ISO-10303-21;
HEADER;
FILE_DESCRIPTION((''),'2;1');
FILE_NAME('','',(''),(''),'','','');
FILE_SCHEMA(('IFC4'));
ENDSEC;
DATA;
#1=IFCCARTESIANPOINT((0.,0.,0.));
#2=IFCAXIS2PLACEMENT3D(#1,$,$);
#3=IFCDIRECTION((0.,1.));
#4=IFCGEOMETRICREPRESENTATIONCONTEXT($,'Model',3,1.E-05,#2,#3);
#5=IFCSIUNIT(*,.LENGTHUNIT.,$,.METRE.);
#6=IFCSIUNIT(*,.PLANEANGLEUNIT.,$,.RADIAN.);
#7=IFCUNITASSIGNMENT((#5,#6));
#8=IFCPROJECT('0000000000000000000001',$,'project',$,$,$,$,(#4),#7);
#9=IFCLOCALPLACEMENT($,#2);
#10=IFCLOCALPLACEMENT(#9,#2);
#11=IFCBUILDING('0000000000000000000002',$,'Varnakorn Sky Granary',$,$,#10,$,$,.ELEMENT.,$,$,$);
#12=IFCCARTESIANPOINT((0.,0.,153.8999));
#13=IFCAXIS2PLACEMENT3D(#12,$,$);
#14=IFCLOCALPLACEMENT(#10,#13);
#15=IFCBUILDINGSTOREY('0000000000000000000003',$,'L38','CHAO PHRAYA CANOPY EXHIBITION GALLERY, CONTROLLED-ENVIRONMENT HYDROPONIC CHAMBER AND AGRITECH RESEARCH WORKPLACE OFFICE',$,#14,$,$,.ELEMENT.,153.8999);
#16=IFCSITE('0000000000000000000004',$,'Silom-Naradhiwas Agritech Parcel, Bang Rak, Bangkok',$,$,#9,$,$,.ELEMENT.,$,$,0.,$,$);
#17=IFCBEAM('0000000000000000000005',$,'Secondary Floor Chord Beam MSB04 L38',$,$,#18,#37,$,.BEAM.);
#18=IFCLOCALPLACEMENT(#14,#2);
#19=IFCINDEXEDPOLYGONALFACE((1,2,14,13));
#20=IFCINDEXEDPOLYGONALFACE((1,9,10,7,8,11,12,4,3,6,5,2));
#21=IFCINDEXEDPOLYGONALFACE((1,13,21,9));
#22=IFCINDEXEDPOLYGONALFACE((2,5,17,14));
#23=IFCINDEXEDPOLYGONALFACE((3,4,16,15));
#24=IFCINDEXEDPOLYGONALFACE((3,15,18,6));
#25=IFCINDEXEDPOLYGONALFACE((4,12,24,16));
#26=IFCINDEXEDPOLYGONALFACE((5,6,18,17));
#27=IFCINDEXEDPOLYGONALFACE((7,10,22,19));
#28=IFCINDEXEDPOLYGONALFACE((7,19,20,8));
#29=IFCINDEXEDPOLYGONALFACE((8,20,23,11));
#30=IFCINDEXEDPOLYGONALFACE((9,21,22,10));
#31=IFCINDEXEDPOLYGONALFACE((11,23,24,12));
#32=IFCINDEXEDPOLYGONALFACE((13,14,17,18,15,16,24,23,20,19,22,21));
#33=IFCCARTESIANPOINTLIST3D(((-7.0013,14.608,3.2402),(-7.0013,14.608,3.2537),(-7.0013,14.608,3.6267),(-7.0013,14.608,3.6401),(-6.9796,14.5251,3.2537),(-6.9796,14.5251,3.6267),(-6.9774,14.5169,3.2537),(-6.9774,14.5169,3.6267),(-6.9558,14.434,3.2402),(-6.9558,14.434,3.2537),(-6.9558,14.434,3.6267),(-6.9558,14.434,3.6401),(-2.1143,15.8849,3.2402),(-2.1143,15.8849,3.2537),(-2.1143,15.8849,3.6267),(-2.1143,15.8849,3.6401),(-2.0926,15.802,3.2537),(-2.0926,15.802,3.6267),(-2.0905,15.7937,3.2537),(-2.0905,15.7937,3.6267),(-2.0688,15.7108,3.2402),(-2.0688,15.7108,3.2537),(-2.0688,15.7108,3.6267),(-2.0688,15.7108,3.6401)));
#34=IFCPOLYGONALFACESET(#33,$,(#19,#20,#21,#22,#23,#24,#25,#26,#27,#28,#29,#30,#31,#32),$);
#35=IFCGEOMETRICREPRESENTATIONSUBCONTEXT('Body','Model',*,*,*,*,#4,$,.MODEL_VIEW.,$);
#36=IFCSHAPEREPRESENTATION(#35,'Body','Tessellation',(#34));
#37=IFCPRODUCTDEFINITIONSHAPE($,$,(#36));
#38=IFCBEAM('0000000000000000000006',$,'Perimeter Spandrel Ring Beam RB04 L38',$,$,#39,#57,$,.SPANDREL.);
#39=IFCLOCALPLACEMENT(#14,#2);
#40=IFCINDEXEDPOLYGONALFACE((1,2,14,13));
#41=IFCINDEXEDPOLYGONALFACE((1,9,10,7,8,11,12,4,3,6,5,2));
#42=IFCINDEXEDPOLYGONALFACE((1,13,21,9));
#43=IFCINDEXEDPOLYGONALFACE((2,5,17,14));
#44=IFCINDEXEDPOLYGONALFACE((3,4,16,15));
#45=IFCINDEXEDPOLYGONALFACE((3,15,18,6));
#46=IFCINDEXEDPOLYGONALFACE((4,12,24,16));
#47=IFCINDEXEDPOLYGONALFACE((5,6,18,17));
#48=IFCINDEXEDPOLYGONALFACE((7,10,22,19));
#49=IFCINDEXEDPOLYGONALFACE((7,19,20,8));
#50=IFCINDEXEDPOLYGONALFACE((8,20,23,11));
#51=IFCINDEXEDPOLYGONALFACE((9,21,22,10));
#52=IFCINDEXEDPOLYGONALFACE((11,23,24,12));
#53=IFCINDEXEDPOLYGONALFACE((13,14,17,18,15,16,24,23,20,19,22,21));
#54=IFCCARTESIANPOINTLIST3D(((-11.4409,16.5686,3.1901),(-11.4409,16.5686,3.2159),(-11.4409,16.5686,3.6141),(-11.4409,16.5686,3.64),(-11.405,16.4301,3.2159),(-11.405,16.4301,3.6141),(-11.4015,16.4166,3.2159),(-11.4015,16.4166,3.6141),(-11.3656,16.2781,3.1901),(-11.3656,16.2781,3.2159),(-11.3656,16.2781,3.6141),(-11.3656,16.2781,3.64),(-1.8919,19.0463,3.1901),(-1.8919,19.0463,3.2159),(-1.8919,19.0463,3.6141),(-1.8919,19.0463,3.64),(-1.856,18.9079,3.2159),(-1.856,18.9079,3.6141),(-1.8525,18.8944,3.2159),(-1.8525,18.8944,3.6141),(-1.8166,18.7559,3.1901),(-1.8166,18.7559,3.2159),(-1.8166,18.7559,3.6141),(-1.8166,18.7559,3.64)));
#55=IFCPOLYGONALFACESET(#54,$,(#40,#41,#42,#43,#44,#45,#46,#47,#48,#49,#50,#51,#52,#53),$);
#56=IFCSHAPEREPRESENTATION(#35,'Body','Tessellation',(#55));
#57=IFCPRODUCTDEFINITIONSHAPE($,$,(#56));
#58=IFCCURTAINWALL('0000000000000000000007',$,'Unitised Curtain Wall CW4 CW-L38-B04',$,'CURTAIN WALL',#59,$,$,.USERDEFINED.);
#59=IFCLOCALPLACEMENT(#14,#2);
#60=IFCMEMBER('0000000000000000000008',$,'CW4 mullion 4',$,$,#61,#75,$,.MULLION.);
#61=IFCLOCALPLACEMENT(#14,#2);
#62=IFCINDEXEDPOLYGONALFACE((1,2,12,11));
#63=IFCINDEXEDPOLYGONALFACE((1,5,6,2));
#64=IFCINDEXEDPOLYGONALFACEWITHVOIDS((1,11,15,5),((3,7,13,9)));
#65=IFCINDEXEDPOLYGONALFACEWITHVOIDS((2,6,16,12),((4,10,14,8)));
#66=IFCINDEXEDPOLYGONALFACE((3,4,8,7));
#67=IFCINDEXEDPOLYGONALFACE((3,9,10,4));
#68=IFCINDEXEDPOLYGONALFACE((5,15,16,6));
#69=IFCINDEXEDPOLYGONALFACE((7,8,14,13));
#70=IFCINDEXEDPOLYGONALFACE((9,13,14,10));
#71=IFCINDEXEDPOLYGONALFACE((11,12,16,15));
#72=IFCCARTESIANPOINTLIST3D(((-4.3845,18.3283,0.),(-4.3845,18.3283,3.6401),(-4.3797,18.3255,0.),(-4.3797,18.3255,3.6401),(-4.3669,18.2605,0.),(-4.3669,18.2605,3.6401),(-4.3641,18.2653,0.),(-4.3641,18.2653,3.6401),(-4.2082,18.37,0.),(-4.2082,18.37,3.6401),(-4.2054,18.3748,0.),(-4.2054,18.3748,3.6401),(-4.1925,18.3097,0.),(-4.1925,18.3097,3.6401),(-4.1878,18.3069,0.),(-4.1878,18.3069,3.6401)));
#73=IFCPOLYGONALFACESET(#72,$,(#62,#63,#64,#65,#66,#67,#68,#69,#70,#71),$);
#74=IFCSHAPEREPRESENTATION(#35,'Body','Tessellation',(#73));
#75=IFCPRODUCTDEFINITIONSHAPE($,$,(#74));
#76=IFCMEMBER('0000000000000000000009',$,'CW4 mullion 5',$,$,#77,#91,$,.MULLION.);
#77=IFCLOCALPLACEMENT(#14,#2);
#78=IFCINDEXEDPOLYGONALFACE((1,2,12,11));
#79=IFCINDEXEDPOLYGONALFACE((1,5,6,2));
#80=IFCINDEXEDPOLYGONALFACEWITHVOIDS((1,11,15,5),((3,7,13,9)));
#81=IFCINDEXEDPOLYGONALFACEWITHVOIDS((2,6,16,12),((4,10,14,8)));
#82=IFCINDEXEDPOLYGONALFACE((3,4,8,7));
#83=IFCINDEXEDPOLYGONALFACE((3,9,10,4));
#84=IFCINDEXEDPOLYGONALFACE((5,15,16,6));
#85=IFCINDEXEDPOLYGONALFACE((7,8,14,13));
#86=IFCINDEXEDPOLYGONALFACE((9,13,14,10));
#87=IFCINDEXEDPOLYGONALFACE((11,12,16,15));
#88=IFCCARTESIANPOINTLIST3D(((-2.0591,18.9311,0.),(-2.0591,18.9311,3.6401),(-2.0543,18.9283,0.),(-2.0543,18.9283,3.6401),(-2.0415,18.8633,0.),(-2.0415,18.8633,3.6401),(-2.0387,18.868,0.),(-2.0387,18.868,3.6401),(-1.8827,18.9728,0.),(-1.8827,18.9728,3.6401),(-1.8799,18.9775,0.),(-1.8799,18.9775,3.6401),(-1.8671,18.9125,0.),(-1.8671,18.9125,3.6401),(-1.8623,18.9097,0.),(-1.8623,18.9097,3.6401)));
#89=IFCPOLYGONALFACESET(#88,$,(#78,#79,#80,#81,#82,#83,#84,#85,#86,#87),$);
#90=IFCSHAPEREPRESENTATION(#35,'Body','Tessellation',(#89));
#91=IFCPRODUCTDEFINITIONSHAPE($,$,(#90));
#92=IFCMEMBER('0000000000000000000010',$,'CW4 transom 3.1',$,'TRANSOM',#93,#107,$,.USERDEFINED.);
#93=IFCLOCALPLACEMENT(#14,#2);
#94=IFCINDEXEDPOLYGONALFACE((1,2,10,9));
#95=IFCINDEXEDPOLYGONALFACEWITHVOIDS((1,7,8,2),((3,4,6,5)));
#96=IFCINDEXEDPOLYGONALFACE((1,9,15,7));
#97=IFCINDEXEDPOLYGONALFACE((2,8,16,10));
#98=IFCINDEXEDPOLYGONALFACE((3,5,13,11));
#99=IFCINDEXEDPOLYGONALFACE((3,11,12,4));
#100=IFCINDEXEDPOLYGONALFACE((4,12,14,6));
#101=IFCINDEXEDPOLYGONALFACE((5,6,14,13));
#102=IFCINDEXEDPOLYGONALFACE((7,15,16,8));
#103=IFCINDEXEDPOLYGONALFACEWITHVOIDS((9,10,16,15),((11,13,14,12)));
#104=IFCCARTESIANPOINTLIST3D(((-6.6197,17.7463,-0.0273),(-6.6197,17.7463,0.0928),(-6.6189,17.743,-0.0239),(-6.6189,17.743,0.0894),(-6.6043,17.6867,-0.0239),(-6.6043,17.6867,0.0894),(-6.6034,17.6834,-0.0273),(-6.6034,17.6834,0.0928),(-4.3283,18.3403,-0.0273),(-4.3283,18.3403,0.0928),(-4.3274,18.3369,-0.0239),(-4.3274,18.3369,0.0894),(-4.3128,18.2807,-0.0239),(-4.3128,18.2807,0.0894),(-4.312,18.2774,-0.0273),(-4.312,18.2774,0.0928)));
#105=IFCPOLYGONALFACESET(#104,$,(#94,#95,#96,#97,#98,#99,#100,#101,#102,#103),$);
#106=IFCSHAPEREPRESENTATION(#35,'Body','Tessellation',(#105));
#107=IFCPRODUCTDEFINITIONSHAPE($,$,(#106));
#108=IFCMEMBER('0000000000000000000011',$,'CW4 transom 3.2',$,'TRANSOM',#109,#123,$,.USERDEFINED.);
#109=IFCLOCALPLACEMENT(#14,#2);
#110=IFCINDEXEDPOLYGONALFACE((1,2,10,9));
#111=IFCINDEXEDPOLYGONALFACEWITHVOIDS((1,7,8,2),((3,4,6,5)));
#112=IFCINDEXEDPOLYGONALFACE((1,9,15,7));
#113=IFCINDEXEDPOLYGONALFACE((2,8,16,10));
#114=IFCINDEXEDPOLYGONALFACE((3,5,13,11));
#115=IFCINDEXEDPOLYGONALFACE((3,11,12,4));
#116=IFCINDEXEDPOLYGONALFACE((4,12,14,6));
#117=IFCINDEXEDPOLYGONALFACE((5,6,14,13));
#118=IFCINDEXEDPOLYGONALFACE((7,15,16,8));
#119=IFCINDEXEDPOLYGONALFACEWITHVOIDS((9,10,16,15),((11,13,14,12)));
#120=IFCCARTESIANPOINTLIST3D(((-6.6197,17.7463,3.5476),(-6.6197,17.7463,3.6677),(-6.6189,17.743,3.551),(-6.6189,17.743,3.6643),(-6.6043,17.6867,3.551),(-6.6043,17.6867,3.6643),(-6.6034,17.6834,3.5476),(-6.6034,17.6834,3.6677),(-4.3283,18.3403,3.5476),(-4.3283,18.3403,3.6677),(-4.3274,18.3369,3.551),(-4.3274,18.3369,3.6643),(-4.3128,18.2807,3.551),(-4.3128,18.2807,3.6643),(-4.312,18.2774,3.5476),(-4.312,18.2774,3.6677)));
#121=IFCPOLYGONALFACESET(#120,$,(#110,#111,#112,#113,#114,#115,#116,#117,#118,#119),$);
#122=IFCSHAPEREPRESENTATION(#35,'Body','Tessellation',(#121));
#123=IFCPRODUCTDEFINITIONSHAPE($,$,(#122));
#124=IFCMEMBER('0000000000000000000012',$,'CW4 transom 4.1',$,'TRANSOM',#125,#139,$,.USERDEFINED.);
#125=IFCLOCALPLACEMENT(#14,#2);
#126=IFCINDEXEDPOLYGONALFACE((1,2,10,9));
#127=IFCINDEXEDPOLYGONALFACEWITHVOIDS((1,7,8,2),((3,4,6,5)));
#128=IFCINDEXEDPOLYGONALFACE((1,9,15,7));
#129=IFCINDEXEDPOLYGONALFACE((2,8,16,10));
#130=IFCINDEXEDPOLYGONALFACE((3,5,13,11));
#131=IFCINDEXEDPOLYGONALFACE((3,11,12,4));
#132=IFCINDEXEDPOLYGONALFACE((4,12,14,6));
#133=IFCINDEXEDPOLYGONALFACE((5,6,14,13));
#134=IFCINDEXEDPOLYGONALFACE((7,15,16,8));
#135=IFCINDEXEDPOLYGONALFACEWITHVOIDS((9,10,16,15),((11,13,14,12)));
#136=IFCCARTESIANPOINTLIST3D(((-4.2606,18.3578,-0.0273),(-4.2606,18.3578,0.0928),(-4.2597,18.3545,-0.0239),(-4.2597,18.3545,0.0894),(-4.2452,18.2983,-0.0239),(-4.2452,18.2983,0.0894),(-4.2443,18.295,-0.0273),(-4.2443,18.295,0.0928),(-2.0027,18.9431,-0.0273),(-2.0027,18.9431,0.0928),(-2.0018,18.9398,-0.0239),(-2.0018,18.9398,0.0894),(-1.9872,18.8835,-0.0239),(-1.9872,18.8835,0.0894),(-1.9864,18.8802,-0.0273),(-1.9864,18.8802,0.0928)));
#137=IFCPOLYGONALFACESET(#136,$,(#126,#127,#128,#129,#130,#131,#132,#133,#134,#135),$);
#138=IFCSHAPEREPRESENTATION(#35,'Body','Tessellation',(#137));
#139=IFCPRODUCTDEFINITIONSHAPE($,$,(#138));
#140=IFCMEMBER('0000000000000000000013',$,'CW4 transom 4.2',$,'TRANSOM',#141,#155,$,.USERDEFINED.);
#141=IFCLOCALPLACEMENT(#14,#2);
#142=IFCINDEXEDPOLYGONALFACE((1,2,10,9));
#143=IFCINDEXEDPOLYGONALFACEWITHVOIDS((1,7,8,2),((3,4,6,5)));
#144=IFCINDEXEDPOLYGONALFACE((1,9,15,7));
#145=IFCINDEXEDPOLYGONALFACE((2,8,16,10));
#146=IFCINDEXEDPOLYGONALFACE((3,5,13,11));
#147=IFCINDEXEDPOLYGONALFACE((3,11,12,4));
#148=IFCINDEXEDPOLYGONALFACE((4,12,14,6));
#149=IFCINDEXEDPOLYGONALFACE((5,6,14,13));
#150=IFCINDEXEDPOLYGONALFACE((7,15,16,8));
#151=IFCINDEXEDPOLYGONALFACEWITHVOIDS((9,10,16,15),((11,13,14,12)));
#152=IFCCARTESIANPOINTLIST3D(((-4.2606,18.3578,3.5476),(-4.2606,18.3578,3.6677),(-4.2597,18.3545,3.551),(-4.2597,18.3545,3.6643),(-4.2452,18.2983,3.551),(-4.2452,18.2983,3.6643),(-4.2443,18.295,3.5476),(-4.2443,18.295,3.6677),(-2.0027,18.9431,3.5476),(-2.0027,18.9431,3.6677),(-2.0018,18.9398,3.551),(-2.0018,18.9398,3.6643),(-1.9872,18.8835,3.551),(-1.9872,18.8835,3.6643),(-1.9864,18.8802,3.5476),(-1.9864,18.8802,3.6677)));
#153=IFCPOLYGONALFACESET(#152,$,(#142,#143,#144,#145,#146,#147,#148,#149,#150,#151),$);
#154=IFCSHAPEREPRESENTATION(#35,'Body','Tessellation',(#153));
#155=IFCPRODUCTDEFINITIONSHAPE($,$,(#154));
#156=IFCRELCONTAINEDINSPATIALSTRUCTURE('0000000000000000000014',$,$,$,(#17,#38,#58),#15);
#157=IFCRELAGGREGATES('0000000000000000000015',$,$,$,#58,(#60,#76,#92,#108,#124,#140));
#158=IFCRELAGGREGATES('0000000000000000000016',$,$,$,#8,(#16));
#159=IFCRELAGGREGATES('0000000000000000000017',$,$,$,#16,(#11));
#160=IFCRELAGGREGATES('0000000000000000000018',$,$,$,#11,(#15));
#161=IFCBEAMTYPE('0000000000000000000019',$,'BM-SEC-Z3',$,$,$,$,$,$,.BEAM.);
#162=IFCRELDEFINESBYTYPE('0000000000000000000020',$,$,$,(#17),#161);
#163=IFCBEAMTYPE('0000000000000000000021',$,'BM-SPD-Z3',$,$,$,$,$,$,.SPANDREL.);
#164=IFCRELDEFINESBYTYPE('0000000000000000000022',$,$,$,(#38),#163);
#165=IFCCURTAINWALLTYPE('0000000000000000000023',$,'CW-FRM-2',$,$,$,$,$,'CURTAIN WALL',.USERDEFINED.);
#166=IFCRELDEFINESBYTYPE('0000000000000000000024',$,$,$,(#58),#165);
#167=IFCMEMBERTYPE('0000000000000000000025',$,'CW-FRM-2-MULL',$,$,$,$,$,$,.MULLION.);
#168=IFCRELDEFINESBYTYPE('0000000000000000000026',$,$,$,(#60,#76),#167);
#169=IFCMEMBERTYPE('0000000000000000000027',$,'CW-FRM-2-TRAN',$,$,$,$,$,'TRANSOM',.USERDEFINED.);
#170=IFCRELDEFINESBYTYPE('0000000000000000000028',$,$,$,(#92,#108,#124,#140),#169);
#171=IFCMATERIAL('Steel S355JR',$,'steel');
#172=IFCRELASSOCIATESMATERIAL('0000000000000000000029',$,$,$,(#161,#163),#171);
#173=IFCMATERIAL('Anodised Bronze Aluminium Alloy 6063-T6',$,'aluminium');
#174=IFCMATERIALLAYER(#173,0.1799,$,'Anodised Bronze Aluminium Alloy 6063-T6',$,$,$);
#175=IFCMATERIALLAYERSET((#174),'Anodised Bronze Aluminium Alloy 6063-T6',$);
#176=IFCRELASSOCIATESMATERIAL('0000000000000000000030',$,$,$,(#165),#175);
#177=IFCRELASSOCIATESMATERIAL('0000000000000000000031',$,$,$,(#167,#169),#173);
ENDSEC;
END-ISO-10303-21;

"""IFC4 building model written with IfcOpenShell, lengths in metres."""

from ifc_helpers import new_model, si_unit, direction, frame, origin, origin_2d, place, context, subcontext, project, spatial, hollow_rectangle, i_section, extrude, material, layer, layer_set, material_profile, profile_set, type_object, element, aggregate, save


model = new_model("IFC4")

# Units and contexts
model_context = context("Model", 3, precision=1e-05, world=origin(), true_north=direction((0.0, 1.0)))
body_context = subcontext(model_context, "Body", "Model", "MODEL_VIEW")
ifc_project = project(units=[si_unit("LENGTHUNIT", "METRE"), si_unit("PLANEANGLEUNIT", "RADIAN")], contexts=[model_context])

# Site, building, storey
site_placement = place(None, origin())
site = spatial("IfcSite", under=ifc_project, at=site_placement, Name="Silom-Naradhiwas Agritech Parcel, Bang Rak, Bangkok", CompositionType="ELEMENT", RefElevation=0.0)
building_placement = place(site_placement, origin())
building = spatial("IfcBuilding", under=site, at=building_placement, Name="Varnakorn Sky Granary", CompositionType="ELEMENT")
storey_placement = place(building_placement, frame((0.0, 0.0, 153.8999)))
storey = spatial("IfcBuildingStorey", under=building, at=storey_placement, Name="L38", Description="CHAO PHRAYA CANOPY EXHIBITION GALLERY, CONTROLLED-ENVIRONMENT HYDROPONIC CHAMBER AND AGRITECH RESEARCH WORKPLACE OFFICE", CompositionType="ELEMENT", Elevation=153.8999)

# Beams
ifc_material_1 = material(Name="Steel S355JR", Category="steel")
ifc_material_profile_1 = material_profile(ifc_material_1, i_section(OverallWidth=0.1799, OverallDepth=0.3999, WebThickness=0.0085, FlangeThickness=0.0134, at=origin_2d()), Name="IPE 400")
ifc_profile_set_1 = profile_set([ifc_material_profile_1], Name="Steel S355JR")
beam_type_1 = type_object("IfcBeamType", Name="BM-SEC-Z3", PredefinedType="BEAM", material=ifc_profile_set_1)
beam_1_placement = place(storey_placement, frame((-2.0916, 15.7979, 3.4402), z_axis=(-0.967521, -0.252792, 0.0), x_axis=(0.252792, -0.967521, 0.0)))
element("IfcBeam", 1, at=beam_1_placement, inside=storey, type_object=beam_type_1, Name="Secondary Floor Chord Beam MSB04 L38", PredefinedType="BEAM", context=body_context, shape_type="SweptSolid", body=[
    extrude(i_section(OverallWidth=0.1799, OverallDepth=0.3999, WebThickness=0.0085, FlangeThickness=0.0134, at=origin_2d()), origin(), (0.0, 0.0, 1.0), 5.051),
])
ifc_material_profile_2 = material_profile(ifc_material_1, i_section(OverallWidth=0.3, OverallDepth=0.45, WebThickness=0.0139, FlangeThickness=0.0259, at=origin_2d()), Name="HE 450 B")
ifc_profile_set_2 = profile_set([ifc_material_profile_2], Name="Steel S355JR")
beam_type_2 = type_object("IfcBeamType", Name="BM-SPD-Z3", PredefinedType="SPANDREL", material=ifc_profile_set_2)
beam_2_placement = place(storey_placement, frame((-1.8542, 18.9011, 3.415), z_axis=(-0.967945, -0.251161, 0.0), x_axis=(0.251161, -0.967945, 0.0)))
element("IfcBeam", 2, at=beam_2_placement, inside=storey, type_object=beam_type_2, Name="Perimeter Spandrel Ring Beam RB04 L38", PredefinedType="SPANDREL", context=body_context, shape_type="SweptSolid", body=[
    extrude(i_section(OverallWidth=0.3, OverallDepth=0.45, WebThickness=0.0139, FlangeThickness=0.0259, at=origin_2d()), origin(), (0.0, 0.0, 1.0), 9.8652),
])

# Curtain wall, members
ifc_material_2 = material(Name="Anodised Bronze Aluminium Alloy 6063-T6", Category="aluminium")
ifc_layer_1 = layer(ifc_material_2, 0.1799, Name="Anodised Bronze Aluminium Alloy 6063-T6")
ifc_layer_set_1 = layer_set([ifc_layer_1], Name="Anodised Bronze Aluminium Alloy 6063-T6")
curtain_wall_type = type_object("IfcCurtainWallType", Name="CW-FRM-2", ElementType="CURTAIN WALL", PredefinedType="USERDEFINED", material=ifc_layer_set_1)
curtain_wall_placement = place(storey_placement, origin())
curtain_wall = element("IfcCurtainWall", 3, at=curtain_wall_placement, inside=storey, type_object=curtain_wall_type, Name="Unitised Curtain Wall CW4 CW-L38-B04", ObjectType="CURTAIN WALL", PredefinedType="USERDEFINED")
ifc_material_profile_3 = material_profile(ifc_material_2, hollow_rectangle(XDim=0.0701, YDim=0.1851, WallThickness=0.0039, at=origin_2d()), Name="ALU MULL 70x185")
ifc_profile_set_3 = profile_set([ifc_material_profile_3], Name="Anodised Bronze Aluminium Alloy 6063-T6")
member_type_1 = type_object("IfcMemberType", Name="CW-FRM-2-MULL", PredefinedType="MULLION", material=ifc_profile_set_3)
member_1_placement = place(storey_placement, frame((-4.2861, 18.3176, 0.0), z_axis=(0.0, 0.0, 1.0), x_axis=(-0.250935, 0.968004, 0.0)))
member_1 = element("IfcMember", 4, at=member_1_placement, type_object=member_type_1, Name="CW4 mullion 4", PredefinedType="MULLION", context=body_context, shape_type="SweptSolid", body=[
    extrude(hollow_rectangle(XDim=0.0701, YDim=0.1851, WallThickness=0.0039, at=origin_2d()), origin(), (0.0, 0.0, 1.0), 3.6401),
])
member_2_placement = place(storey_placement, frame((-1.9607, 18.9204, 0.0), z_axis=(0.0, 0.0, 1.0), x_axis=(-0.250935, 0.968004, 0.0)))
member_2 = element("IfcMember", 5, at=member_2_placement, type_object=member_type_1, Name="CW4 mullion 5", PredefinedType="MULLION", context=body_context, shape_type="SweptSolid", body=[
    extrude(hollow_rectangle(XDim=0.0701, YDim=0.1851, WallThickness=0.0039, at=origin_2d()), origin(), (0.0, 0.0, 1.0), 3.6401),
])
ifc_material_profile_4 = material_profile(ifc_material_2, hollow_rectangle(XDim=0.0649, YDim=0.1201, WallThickness=0.0034, at=origin_2d()), Name="ALU TRAN 65x120")
ifc_profile_set_4 = profile_set([ifc_material_profile_4], Name="Anodised Bronze Aluminium Alloy 6063-T6")
member_type_2 = type_object("IfcMemberType", Name="CW-FRM-2-TRAN", ElementType="TRANSOM", PredefinedType="USERDEFINED", material=ifc_profile_set_4)
member_3_placement = place(storey_placement, frame((-6.6116, 17.7148, 0.0327), z_axis=(0.968007, 0.250923, 0.0), x_axis=(-0.250923, 0.968007, 0.0)))
member_3 = element("IfcMember", 6, at=member_3_placement, type_object=member_type_2, Name="CW4 transom 3.1", ObjectType="TRANSOM", PredefinedType="USERDEFINED", context=body_context, shape_type="SweptSolid", body=[
    extrude(hollow_rectangle(XDim=0.0649, YDim=0.1201, WallThickness=0.0034, at=origin_2d()), origin(), (0.0, 0.0, 1.0), 2.3672),
])
member_4_placement = place(storey_placement, frame((-6.6116, 17.7148, 3.6077), z_axis=(0.968007, 0.250923, 0.0), x_axis=(-0.250923, 0.968007, 0.0)))
member_4 = element("IfcMember", 7, at=member_4_placement, type_object=member_type_2, Name="CW4 transom 3.2", ObjectType="TRANSOM", PredefinedType="USERDEFINED", context=body_context, shape_type="SweptSolid", body=[
    extrude(hollow_rectangle(XDim=0.0649, YDim=0.1201, WallThickness=0.0034, at=origin_2d()), origin(), (0.0, 0.0, 1.0), 2.3672),
])
member_5_placement = place(storey_placement, frame((-4.2524, 18.3264, 0.0327), z_axis=(0.968013, 0.2509, 0.0), x_axis=(-0.2509, 0.968013, 0.0)))
member_5 = element("IfcMember", 8, at=member_5_placement, type_object=member_type_2, Name="CW4 transom 4.1", ObjectType="TRANSOM", PredefinedType="USERDEFINED", context=body_context, shape_type="SweptSolid", body=[
    extrude(hollow_rectangle(XDim=0.0649, YDim=0.1201, WallThickness=0.0034, at=origin_2d()), origin(), (0.0, 0.0, 1.0), 2.3325),
])
member_6_placement = place(storey_placement, frame((-4.2524, 18.3264, 3.6077), z_axis=(0.968013, 0.2509, 0.0), x_axis=(-0.2509, 0.968013, 0.0)))
member_6 = element("IfcMember", 9, at=member_6_placement, type_object=member_type_2, Name="CW4 transom 4.2", ObjectType="TRANSOM", PredefinedType="USERDEFINED", context=body_context, shape_type="SweptSolid", body=[
    extrude(hollow_rectangle(XDim=0.0649, YDim=0.1201, WallThickness=0.0034, at=origin_2d()), origin(), (0.0, 0.0, 1.0), 2.3325),
])

aggregate(curtain_wall, [member_1, member_2, member_3, member_4, member_5, member_6])

save(model, "model.ifc")
